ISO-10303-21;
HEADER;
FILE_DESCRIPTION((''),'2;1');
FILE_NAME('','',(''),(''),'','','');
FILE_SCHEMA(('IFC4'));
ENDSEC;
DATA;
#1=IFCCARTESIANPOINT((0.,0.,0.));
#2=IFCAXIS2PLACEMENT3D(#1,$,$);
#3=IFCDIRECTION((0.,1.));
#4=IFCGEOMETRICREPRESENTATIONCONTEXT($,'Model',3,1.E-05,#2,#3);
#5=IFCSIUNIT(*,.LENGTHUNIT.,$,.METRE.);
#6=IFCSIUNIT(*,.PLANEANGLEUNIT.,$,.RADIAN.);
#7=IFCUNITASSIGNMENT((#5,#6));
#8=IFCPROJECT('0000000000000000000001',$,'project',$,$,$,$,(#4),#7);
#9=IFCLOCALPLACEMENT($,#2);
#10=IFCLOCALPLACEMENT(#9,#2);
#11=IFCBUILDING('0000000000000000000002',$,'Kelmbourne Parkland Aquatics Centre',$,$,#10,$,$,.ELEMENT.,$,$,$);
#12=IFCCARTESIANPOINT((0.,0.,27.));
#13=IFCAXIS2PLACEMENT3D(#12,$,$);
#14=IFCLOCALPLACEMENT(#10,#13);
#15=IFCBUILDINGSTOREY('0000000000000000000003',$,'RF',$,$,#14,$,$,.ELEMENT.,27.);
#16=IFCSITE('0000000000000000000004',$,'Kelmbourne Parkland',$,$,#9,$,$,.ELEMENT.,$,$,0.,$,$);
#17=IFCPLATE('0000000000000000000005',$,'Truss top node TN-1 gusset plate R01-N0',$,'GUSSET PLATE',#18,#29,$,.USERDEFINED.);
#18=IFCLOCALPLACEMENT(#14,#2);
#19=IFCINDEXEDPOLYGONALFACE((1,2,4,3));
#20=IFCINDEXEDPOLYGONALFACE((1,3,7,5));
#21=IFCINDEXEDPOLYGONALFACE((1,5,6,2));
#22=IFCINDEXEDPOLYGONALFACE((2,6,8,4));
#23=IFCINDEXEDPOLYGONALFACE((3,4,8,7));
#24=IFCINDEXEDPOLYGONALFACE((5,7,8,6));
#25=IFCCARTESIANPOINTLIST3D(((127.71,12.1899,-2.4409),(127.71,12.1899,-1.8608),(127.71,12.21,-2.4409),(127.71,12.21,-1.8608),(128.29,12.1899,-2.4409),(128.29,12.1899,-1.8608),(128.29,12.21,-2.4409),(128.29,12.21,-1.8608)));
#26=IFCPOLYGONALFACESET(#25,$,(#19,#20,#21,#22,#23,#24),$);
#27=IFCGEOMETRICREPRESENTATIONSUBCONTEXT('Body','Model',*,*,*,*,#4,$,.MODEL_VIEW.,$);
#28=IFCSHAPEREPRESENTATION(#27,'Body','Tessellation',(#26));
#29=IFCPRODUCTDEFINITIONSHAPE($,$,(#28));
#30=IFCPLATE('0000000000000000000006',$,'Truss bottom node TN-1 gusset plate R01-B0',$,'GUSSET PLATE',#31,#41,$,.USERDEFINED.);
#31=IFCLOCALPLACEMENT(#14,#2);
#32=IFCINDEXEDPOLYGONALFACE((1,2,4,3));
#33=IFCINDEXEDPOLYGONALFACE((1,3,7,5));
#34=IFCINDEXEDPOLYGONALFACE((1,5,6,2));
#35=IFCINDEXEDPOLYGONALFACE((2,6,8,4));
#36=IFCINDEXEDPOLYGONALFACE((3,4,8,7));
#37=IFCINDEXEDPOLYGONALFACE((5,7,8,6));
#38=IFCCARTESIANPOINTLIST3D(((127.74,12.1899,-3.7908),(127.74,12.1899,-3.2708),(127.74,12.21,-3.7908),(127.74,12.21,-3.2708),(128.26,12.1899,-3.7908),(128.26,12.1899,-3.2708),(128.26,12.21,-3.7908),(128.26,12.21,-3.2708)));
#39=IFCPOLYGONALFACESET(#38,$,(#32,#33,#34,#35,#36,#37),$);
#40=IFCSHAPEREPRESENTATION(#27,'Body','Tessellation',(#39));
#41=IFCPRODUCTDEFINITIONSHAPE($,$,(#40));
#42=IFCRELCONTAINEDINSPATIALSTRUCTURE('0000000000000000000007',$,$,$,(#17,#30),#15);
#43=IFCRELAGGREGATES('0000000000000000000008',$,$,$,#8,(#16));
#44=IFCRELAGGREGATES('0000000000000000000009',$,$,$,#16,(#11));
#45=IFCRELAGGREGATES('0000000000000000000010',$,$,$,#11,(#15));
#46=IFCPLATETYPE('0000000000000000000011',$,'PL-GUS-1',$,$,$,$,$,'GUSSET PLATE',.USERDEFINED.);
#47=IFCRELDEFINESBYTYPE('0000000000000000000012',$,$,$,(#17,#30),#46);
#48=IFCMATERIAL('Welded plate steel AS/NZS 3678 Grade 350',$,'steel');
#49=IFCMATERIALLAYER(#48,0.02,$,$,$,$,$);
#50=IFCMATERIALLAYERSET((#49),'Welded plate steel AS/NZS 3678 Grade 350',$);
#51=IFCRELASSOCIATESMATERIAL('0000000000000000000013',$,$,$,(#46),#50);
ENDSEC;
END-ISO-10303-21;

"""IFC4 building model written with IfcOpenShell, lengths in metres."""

from ifc_helpers import new_model, si_unit, direction, frame, origin, origin_2d, place, context, subcontext, project, spatial, rectangle, extrude, material, layer, layer_set, type_object, element, save


model = new_model("IFC4")

# Units and contexts
model_context = context("Model", 3, precision=1e-05, world=origin(), true_north=direction((0.0, 1.0)))
body_context = subcontext(model_context, "Body", "Model", "MODEL_VIEW")
ifc_project = project(units=[si_unit("LENGTHUNIT", "METRE"), si_unit("PLANEANGLEUNIT", "RADIAN")], contexts=[model_context])

# Site, building, storey
site_placement = place(None, origin())
site = spatial("IfcSite", under=ifc_project, at=site_placement, Name="Kelmbourne Parkland", CompositionType="ELEMENT", RefElevation=0.0)
building_placement = place(site_placement, origin())
building = spatial("IfcBuilding", under=site, at=building_placement, Name="Kelmbourne Parkland Aquatics Centre", CompositionType="ELEMENT")
storey_placement = place(building_placement, frame((0.0, 0.0, 27.0)))
storey = spatial("IfcBuildingStorey", under=building, at=storey_placement, Name="RF", CompositionType="ELEMENT", Elevation=27.0)

# Shared definitions
ifc_material_1 = material(Name="Welded plate steel AS/NZS 3678 Grade 350", Category="steel")

# Plates
ifc_layer_1 = layer(ifc_material_1, 0.02)
ifc_layer_set_1 = layer_set([ifc_layer_1], Name="Welded plate steel AS/NZS 3678 Grade 350")
plate_type_1 = type_object("IfcPlateType", Name="PL-GUS-1", ElementType="GUSSET PLATE", PredefinedType="USERDEFINED", material=ifc_layer_set_1)
plate_1_placement = place(storey_placement, frame((128.0, 12.2, -2.4409), z_axis=(0.0, 0.0, 1.0), x_axis=(1.0, 0.0, 0.0)))
element("IfcPlate", 1, at=plate_1_placement, inside=storey, type_object=plate_type_1, Name="Truss top node TN-1 gusset plate R01-N0", ObjectType="GUSSET PLATE", PredefinedType="USERDEFINED", context=body_context, shape_type="SweptSolid", body=[
    extrude(rectangle(XDim=0.5801, YDim=0.02, at=origin_2d()), origin(), (0.0, 0.0, 1.0), 0.5801),
])
plate_2_placement = place(storey_placement, frame((128.0, 12.2, -3.7908), z_axis=(0.0, 0.0, 1.0), x_axis=(1.0, 0.0, 0.0)))
element("IfcPlate", 2, at=plate_2_placement, inside=storey, type_object=plate_type_1, Name="Truss bottom node TN-1 gusset plate R01-B0", ObjectType="GUSSET PLATE", PredefinedType="USERDEFINED", context=body_context, shape_type="SweptSolid", body=[
    extrude(rectangle(XDim=0.52, YDim=0.02, at=origin_2d()), origin(), (0.0, 0.0, 1.0), 0.52),
])

save(model, "model.ifc")
